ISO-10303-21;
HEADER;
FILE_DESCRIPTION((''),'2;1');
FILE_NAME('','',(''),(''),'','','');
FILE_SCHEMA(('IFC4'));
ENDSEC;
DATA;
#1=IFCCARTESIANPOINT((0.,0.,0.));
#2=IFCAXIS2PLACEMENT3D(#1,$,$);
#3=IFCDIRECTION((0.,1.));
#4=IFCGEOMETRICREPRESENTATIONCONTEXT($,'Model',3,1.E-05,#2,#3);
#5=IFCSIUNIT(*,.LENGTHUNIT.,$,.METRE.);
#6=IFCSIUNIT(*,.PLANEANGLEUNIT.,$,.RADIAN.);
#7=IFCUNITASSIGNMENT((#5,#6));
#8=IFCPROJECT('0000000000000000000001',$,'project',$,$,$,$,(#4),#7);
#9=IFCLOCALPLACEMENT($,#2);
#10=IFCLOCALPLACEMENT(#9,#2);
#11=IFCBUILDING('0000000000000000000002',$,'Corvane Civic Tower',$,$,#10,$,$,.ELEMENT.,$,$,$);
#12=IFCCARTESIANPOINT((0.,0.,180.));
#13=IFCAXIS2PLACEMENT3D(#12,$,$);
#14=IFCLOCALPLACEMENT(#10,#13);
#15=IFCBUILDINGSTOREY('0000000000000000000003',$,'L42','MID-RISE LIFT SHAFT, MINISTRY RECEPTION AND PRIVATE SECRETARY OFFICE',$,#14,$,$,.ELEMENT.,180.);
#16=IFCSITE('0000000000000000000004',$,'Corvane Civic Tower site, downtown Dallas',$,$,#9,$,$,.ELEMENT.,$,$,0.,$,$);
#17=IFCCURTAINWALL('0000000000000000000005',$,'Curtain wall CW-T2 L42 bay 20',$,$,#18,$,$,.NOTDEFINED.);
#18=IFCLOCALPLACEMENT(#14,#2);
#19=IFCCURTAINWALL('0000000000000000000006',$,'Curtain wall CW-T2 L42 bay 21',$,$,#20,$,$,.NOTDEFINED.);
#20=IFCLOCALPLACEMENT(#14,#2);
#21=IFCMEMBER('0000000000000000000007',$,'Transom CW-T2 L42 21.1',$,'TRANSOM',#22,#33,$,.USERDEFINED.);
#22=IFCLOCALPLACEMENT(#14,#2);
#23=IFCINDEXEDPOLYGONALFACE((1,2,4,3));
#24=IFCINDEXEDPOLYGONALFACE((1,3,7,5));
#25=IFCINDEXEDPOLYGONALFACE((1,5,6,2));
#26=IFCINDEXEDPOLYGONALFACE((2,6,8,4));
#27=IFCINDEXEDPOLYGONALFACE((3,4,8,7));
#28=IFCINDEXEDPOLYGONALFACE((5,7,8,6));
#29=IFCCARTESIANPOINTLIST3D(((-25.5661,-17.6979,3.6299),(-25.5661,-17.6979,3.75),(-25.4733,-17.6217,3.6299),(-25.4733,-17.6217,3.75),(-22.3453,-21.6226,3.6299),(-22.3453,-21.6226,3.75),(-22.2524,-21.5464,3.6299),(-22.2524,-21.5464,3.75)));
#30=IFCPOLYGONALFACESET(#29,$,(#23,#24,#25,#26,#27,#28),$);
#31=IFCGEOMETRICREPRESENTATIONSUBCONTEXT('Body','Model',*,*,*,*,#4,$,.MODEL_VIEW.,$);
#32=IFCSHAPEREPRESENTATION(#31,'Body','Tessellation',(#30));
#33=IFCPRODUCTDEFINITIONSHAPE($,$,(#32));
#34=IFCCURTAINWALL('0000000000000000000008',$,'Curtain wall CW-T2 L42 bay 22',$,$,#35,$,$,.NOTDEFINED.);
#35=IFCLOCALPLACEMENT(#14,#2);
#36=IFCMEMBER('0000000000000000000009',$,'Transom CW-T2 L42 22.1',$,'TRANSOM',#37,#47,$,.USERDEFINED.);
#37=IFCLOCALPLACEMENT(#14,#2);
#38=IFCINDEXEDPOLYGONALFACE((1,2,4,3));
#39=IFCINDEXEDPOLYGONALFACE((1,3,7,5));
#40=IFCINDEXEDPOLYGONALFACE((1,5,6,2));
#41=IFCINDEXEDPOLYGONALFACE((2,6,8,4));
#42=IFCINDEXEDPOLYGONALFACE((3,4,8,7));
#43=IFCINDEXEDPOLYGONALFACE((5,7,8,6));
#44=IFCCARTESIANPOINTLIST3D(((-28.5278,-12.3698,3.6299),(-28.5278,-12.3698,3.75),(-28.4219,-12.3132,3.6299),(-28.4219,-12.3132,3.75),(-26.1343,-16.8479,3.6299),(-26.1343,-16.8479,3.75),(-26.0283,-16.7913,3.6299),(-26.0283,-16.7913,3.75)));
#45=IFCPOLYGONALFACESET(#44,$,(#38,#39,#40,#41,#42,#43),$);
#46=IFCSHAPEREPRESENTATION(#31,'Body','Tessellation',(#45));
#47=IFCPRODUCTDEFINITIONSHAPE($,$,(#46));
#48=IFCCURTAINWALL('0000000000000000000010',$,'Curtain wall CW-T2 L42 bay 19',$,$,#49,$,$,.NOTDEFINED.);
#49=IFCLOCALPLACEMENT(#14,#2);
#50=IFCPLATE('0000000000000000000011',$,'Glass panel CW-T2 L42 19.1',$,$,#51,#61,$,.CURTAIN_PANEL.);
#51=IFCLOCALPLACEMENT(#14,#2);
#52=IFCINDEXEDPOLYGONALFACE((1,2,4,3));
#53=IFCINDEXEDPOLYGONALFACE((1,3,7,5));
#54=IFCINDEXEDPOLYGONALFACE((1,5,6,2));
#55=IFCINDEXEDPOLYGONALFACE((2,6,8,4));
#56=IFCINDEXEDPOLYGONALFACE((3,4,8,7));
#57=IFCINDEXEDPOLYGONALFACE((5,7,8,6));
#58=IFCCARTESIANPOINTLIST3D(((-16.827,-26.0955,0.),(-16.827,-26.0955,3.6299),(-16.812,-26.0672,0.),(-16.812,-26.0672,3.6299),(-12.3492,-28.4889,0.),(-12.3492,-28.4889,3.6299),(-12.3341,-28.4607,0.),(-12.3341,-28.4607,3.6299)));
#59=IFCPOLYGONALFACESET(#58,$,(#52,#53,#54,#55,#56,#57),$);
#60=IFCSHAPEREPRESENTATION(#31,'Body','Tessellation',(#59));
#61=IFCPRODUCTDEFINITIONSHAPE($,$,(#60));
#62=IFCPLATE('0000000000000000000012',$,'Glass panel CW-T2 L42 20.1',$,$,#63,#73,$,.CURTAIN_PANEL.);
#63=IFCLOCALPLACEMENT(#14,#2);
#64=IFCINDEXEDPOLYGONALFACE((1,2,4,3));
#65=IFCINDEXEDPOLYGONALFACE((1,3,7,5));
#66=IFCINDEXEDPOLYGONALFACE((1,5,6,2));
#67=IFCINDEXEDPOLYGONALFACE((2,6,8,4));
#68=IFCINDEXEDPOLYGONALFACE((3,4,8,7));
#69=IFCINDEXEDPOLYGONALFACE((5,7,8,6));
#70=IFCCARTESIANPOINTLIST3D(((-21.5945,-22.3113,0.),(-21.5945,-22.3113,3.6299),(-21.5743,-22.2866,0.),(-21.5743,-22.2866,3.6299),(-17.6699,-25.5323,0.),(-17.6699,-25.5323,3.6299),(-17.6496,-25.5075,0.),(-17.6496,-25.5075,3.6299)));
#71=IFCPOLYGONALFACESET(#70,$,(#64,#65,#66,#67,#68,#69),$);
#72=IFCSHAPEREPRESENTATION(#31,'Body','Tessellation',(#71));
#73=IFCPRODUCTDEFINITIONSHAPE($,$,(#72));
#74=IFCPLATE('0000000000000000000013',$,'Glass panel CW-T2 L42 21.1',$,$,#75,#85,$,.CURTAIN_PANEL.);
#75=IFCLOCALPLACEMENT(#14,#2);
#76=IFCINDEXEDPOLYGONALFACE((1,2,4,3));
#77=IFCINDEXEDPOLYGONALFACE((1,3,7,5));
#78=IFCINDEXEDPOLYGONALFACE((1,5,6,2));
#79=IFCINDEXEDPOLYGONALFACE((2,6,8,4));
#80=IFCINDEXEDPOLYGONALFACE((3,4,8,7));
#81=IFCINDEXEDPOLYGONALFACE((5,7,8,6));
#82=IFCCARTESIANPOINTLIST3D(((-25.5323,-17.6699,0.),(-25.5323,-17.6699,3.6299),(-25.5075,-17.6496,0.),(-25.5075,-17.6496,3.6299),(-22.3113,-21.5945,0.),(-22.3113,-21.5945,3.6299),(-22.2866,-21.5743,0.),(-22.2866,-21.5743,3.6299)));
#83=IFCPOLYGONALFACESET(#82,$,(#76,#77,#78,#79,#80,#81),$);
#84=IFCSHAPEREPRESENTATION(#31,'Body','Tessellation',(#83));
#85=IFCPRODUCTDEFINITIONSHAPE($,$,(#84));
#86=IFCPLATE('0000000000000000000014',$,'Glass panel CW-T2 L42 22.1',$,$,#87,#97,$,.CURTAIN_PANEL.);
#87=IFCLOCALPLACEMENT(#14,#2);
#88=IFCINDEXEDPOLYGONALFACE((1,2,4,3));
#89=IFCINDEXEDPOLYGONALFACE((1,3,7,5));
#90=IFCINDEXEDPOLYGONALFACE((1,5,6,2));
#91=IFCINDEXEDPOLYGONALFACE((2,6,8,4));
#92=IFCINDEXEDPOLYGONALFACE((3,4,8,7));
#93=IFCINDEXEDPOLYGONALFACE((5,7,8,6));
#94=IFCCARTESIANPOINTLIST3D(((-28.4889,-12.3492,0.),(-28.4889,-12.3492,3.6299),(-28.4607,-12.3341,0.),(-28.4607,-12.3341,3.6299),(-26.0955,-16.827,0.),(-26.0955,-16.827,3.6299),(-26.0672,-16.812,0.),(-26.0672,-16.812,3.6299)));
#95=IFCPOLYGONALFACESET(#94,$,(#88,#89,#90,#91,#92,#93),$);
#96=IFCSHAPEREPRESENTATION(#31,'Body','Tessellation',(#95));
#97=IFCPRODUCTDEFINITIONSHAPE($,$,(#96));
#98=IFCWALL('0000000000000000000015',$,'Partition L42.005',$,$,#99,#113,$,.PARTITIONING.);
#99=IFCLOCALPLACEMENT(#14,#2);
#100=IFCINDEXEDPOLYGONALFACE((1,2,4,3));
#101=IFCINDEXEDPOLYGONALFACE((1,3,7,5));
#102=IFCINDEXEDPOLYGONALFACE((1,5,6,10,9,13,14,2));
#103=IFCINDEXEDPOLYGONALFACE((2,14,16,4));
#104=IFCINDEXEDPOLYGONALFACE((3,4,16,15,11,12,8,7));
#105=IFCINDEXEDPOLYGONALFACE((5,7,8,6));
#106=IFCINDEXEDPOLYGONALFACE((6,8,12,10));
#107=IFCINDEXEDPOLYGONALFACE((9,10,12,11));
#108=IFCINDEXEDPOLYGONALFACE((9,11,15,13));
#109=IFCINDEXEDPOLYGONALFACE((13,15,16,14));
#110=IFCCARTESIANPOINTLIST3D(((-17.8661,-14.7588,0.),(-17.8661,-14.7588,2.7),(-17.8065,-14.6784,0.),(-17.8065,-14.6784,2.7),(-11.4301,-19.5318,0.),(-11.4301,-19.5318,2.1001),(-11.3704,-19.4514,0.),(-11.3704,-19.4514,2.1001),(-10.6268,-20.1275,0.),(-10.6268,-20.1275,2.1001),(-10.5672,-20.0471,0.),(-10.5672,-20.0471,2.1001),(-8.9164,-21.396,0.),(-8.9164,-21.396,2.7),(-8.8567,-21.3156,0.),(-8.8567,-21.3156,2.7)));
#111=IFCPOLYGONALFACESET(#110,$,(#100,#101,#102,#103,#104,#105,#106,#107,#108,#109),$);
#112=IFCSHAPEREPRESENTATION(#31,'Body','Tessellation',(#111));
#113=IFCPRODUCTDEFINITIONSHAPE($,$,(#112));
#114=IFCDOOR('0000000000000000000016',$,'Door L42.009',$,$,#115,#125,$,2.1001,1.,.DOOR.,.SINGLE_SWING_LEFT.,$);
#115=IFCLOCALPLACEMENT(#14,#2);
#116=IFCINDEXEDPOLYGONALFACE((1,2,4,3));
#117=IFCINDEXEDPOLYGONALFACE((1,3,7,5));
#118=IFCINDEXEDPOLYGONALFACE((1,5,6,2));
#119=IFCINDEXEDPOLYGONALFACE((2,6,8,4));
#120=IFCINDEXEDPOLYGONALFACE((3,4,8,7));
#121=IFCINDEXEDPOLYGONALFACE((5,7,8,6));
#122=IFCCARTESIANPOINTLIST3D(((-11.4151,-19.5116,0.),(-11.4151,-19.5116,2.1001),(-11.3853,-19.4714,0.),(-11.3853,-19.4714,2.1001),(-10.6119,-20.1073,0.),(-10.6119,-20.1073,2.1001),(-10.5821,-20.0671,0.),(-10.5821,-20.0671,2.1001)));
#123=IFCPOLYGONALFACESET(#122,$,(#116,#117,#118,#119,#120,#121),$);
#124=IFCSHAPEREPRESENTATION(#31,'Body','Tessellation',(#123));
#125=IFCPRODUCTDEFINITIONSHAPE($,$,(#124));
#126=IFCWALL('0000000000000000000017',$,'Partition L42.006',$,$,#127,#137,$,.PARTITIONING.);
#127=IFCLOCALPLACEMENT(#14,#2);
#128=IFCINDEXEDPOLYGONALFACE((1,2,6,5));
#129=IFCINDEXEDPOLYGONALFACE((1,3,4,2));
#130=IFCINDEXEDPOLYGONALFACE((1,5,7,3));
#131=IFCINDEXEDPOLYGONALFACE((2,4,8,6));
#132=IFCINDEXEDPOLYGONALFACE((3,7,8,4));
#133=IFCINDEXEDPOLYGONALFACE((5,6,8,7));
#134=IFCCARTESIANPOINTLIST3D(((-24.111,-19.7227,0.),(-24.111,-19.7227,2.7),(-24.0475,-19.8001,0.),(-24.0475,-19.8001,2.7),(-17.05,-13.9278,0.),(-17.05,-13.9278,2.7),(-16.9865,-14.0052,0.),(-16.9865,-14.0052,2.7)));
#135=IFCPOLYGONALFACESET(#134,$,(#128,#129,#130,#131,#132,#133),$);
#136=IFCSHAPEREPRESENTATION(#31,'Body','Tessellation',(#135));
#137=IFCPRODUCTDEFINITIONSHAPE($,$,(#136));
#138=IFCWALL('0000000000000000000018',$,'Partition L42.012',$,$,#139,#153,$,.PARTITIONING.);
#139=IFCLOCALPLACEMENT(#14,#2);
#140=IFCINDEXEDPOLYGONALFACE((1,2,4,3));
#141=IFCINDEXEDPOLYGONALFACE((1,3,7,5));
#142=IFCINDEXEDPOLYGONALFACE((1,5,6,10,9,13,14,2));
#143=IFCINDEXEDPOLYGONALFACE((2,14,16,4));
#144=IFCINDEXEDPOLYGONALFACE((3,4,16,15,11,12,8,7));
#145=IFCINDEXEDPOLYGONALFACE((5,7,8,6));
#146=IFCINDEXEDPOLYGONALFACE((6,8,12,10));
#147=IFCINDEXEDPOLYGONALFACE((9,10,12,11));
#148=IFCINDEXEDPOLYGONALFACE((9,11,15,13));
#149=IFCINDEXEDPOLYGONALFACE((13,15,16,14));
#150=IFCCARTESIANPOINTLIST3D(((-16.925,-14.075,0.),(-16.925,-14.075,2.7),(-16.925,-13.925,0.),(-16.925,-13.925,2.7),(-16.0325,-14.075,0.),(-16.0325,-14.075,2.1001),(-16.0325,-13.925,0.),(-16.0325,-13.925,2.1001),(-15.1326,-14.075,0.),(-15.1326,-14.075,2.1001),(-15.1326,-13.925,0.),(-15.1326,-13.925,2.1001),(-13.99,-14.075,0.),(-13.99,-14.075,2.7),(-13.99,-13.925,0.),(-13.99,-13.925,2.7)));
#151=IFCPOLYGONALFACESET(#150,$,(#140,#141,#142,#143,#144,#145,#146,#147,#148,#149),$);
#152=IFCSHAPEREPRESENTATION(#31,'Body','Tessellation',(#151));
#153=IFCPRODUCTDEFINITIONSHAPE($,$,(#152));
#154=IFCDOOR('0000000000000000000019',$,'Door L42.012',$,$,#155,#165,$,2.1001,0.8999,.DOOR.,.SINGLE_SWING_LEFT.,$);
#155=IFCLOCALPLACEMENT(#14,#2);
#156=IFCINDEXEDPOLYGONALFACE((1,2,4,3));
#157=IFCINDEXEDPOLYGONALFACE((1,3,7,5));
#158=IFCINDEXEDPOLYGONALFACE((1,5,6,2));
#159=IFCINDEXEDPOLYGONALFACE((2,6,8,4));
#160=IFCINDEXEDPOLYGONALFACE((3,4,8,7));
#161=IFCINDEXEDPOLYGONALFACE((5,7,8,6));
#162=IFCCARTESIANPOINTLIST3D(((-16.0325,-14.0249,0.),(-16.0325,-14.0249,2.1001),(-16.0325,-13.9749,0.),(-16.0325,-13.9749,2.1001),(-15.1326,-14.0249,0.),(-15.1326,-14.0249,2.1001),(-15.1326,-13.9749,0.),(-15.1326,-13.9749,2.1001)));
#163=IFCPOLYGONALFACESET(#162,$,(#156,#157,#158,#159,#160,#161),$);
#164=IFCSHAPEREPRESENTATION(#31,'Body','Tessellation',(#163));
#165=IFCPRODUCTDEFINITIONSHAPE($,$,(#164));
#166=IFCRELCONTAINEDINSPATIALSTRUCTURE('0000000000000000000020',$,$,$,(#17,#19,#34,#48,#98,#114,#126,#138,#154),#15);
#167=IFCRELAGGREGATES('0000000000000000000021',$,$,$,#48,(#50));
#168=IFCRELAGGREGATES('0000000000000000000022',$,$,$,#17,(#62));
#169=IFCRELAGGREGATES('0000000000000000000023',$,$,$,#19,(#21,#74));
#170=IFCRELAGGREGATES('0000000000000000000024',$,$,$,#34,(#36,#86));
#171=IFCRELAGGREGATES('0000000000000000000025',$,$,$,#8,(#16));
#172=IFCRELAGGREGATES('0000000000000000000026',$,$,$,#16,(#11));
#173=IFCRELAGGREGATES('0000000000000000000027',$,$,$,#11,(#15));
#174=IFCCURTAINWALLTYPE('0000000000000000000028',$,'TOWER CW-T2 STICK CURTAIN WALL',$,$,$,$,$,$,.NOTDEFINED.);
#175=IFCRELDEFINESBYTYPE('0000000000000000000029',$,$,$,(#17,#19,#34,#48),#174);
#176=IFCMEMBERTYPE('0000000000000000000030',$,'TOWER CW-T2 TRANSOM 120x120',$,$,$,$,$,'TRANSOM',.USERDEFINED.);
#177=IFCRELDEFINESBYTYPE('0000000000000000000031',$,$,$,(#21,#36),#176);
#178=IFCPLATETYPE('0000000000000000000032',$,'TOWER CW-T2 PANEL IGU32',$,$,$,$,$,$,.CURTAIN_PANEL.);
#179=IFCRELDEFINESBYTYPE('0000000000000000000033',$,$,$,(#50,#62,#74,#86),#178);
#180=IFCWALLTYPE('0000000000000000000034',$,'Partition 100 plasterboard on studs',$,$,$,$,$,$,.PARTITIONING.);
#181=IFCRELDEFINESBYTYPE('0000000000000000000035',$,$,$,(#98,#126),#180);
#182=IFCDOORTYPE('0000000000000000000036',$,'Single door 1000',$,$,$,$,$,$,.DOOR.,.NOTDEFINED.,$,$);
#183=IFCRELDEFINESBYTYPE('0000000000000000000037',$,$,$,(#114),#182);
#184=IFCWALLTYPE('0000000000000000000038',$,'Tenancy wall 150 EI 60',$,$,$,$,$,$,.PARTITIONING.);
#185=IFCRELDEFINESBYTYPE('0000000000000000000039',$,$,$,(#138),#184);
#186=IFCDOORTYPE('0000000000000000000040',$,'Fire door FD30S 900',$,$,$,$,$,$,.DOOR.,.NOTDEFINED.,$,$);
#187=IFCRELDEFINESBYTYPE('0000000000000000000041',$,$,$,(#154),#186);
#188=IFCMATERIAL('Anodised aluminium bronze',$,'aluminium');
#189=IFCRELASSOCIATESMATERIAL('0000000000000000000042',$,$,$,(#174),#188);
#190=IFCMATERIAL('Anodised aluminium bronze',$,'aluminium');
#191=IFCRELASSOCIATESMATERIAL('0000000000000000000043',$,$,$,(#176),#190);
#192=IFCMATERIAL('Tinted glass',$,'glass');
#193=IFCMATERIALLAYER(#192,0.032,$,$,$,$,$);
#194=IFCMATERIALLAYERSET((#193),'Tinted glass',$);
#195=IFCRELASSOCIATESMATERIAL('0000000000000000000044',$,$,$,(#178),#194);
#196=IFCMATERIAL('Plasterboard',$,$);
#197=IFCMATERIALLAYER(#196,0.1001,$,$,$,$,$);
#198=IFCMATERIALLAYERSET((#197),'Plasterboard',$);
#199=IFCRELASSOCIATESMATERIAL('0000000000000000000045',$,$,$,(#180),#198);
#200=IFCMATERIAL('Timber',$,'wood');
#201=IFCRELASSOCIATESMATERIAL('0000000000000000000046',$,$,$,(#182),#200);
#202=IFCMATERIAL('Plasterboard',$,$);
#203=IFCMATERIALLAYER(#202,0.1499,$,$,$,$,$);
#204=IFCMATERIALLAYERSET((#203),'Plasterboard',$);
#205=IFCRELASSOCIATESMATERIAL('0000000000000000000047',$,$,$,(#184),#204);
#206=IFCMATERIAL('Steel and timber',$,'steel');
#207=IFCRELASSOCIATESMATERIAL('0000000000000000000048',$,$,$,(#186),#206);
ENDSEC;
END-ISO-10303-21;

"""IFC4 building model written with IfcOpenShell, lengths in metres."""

from ifc_helpers import new_model, si_unit, direction, frame, frame_2d, origin, origin_2d, place, context, subcontext, project, spatial, rectangle, extrude, material, layer, layer_set, material_profile, profile_set, type_object, element, fill, aggregate, save


model = new_model("IFC4")

# Units and contexts
model_context = context("Model", 3, precision=1e-05, world=origin(), true_north=direction((0.0, 1.0)))
body_context = subcontext(model_context, "Body", "Model", "MODEL_VIEW")
ifc_project = project(units=[si_unit("LENGTHUNIT", "METRE"), si_unit("PLANEANGLEUNIT", "RADIAN")], contexts=[model_context])

# Site, building, storey
site_placement = place(None, origin())
site = spatial("IfcSite", under=ifc_project, at=site_placement, Name="Corvane Civic Tower site, downtown Dallas", CompositionType="ELEMENT", RefElevation=0.0)
building_placement = place(site_placement, origin())
building = spatial("IfcBuilding", under=site, at=building_placement, Name="Corvane Civic Tower", CompositionType="ELEMENT")
storey_placement = place(building_placement, frame((0.0, 0.0, 180.0)))
storey = spatial("IfcBuildingStorey", under=building, at=storey_placement, Name="L42", Description="MID-RISE LIFT SHAFT, MINISTRY RECEPTION AND PRIVATE SECRETARY OFFICE", CompositionType="ELEMENT", Elevation=180.0)

# Curtain walls, members
ifc_material_1 = material(Name="Anodised aluminium bronze", Category="aluminium")
curtain_wall_type = type_object("IfcCurtainWallType", Name="TOWER CW-T2 STICK CURTAIN WALL", PredefinedType="NOTDEFINED", material=ifc_material_1)
curtain_wall_1_placement = place(storey_placement, origin())
curtain_wall_1 = element("IfcCurtainWall", 1, at=curtain_wall_1_placement, inside=storey, type_object=curtain_wall_type, Name="Curtain wall CW-T2 L42 bay 20", PredefinedType="NOTDEFINED")
ifc_material_2 = material(Name="Anodised aluminium bronze", Category="aluminium")
ifc_material_profile_1 = material_profile(ifc_material_2, rectangle(XDim=0.1201, YDim=0.1201, at=origin_2d()), Name="TOWER CW-T2 TRANSOM 120x120")
ifc_profile_set_1 = profile_set([ifc_material_profile_1], Name="Anodised aluminium bronze")
member_type = type_object("IfcMemberType", Name="TOWER CW-T2 TRANSOM 120x120", ElementType="TRANSOM", PredefinedType="USERDEFINED", material=ifc_profile_set_1)
curtain_wall_2_placement = place(storey_placement, origin())
curtain_wall_2 = element("IfcCurtainWall", 2, at=curtain_wall_2_placement, inside=storey, type_object=curtain_wall_type, Name="Curtain wall CW-T2 L42 bay 21", PredefinedType="NOTDEFINED")
member_1_placement = place(storey_placement, frame((-22.2988, -21.5845, 3.6899), z_axis=(-0.634387, 0.773016, 0.0), x_axis=(-0.773016, -0.634387, 0.0)))
member_1 = element("IfcMember", 3, at=member_1_placement, type_object=member_type, Name="Transom CW-T2 L42 21.1", ObjectType="TRANSOM", PredefinedType="USERDEFINED", context=body_context, shape_type="SweptSolid", body=[
    extrude(rectangle(XDim=0.1201, YDim=0.1201, at=origin_2d()), origin(), (0.0, 0.0, 1.0), 5.0771),
])
curtain_wall_3_placement = place(storey_placement, origin())
curtain_wall_3 = element("IfcCurtainWall", 4, at=curtain_wall_3_placement, inside=storey, type_object=curtain_wall_type, Name="Curtain wall CW-T2 L42 bay 22", PredefinedType="NOTDEFINED")
member_2_placement = place(storey_placement, frame((-26.0813, -16.8196, 3.6899), z_axis=(-0.471397, 0.881921, 0.0), x_axis=(-0.881921, -0.471397, 0.0)))
member_2 = element("IfcMember", 5, at=member_2_placement, type_object=member_type, Name="Transom CW-T2 L42 22.1", ObjectType="TRANSOM", PredefinedType="USERDEFINED", context=body_context, shape_type="SweptSolid", body=[
    extrude(rectangle(XDim=0.1201, YDim=0.1201, at=origin_2d()), origin(), (0.0, 0.0, 1.0), 5.0776),
])

# Curtain wall, plate
curtain_wall_4_placement = place(storey_placement, origin())
curtain_wall_4 = element("IfcCurtainWall", 6, at=curtain_wall_4_placement, inside=storey, type_object=curtain_wall_type, Name="Curtain wall CW-T2 L42 bay 19", PredefinedType="NOTDEFINED")
ifc_material_3 = material(Name="Tinted glass", Category="glass")
ifc_layer_1 = layer(ifc_material_3, 0.032)
ifc_layer_set_1 = layer_set([ifc_layer_1], Name="Tinted glass")
plate_type = type_object("IfcPlateType", Name="TOWER CW-T2 PANEL IGU32", PredefinedType="CURTAIN_PANEL", material=ifc_layer_set_1)
plate_1_placement = place(storey_placement, frame((-14.5806, -27.2781, 0.0), z_axis=(0.0, 0.0, 1.0), x_axis=(-0.881922, 0.471395, 0.0)))
plate_1 = element("IfcPlate", 7, at=plate_1_placement, type_object=plate_type, Name="Glass panel CW-T2 L42 19.1", PredefinedType="CURTAIN_PANEL", context=body_context, shape_type="SweptSolid", body=[
    extrude(rectangle(XDim=5.0774, YDim=0.032, at=origin_2d()), origin(), (0.0, 0.0, 1.0), 3.6299),
])
aggregate(curtain_wall_4, [plate_1])

# Plates
plate_2_placement = place(storey_placement, frame((-19.6221, -23.9094, 0.0), z_axis=(0.0, 0.0, 1.0), x_axis=(-0.773005, 0.6344, 0.0)))
plate_2 = element("IfcPlate", 8, at=plate_2_placement, type_object=plate_type, Name="Glass panel CW-T2 L42 20.1", PredefinedType="CURTAIN_PANEL", context=body_context, shape_type="SweptSolid", body=[
    extrude(rectangle(XDim=5.0771, YDim=0.032, at=origin_2d()), origin(), (0.0, 0.0, 1.0), 3.6299),
])
aggregate(curtain_wall_1, [plate_2])
plate_3_placement = place(storey_placement, frame((-23.9094, -19.6221, 0.0), z_axis=(0.0, 0.0, 1.0), x_axis=(-0.6344, 0.773005, 0.0)))
plate_3 = element("IfcPlate", 9, at=plate_3_placement, type_object=plate_type, Name="Glass panel CW-T2 L42 21.1", PredefinedType="CURTAIN_PANEL", context=body_context, shape_type="SweptSolid", body=[
    extrude(rectangle(XDim=5.0771, YDim=0.032, at=origin_2d()), origin(), (0.0, 0.0, 1.0), 3.6299),
])
aggregate(curtain_wall_2, [member_1, plate_3])
plate_4_placement = place(storey_placement, frame((-27.2781, -14.5806, 0.0), z_axis=(0.0, 0.0, 1.0), x_axis=(-0.471395, 0.881922, 0.0)))
plate_4 = element("IfcPlate", 10, at=plate_4_placement, type_object=plate_type, Name="Glass panel CW-T2 L42 22.1", PredefinedType="CURTAIN_PANEL", context=body_context, shape_type="SweptSolid", body=[
    extrude(rectangle(XDim=5.0774, YDim=0.032, at=origin_2d()), origin(), (0.0, 0.0, 1.0), 3.6299),
])
aggregate(curtain_wall_3, [member_2, plate_4])

# Wall, opening, door
ifc_material_4 = material(Name="Plasterboard")
ifc_layer_2 = layer(ifc_material_4, 0.1001)
ifc_layer_set_2 = layer_set([ifc_layer_2], Name="Plasterboard")
wall_type_1 = type_object("IfcWallType", Name="Partition 100 plasterboard on studs", PredefinedType="PARTITIONING", material=ifc_layer_set_2)
wall_1_placement = place(storey_placement, frame((-17.8364, -14.7185, 0.0), z_axis=(0.0, 0.0, 1.0), x_axis=(0.803222, -0.595679, 0.0)))
wall_1 = element("IfcWall", 11, at=wall_1_placement, inside=storey, type_object=wall_type_1, Name="Partition L42.005", PredefinedType="PARTITIONING", context=body_context, shape_type="SweptSolid", body=[
    extrude(rectangle(XDim=11.1423, YDim=0.1001, at=frame_2d((5.5713, 0.0))), origin(), (0.0, 0.0, 1.0), 2.7),
])
opening_1_placement = place(wall_1_placement, frame((8.0129, 0.0, 0.0)))
opening_1 = element("IfcOpeningElement", 12, at=opening_1_placement, cuts=wall_1, PredefinedType="OPENING", context=body_context, shape_type="SweptSolid", body=[
    extrude(rectangle(XDim=1.0, YDim=2.1001, at=frame_2d((0.5, 1.05))), frame((0.0, 0.0601, 0.0), z_axis=(0.0, -1.0, 0.0), x_axis=(1.0, 0.0, 0.0)), (0.0, 0.0, 1.0), 0.1201),
])
ifc_material_5 = material(Name="Timber", Category="wood")
door_type_1 = type_object("IfcDoorType", Name="Single door 1000", OperationType="NOTDEFINED", PredefinedType="DOOR", material=ifc_material_5)
door_1_placement = place(opening_1_placement, frame((1.0, 0.0, 0.0), z_axis=(0.0, 0.0, 1.0), x_axis=(-1.0, 0.0, 0.0)))
door_1 = element("IfcDoor", 13, at=door_1_placement, inside=storey, type_object=door_type_1, Name="Door L42.009", OperationType="SINGLE_SWING_LEFT", OverallHeight=2.1001, OverallWidth=1.0, PredefinedType="DOOR", context=body_context, shape_type="SweptSolid", body=[
    extrude(rectangle(XDim=1.0, YDim=2.1001, at=frame_2d((0.5, 1.05))), frame((0.0, 0.0249, 0.0), z_axis=(0.0, -1.0, 0.0), x_axis=(1.0, 0.0, 0.0)), (0.0, 0.0, 1.0), 0.05),
])
fill(opening_1, door_1)

# Wall
wall_2_placement = place(storey_placement, frame((-24.0793, -19.7615, 0.0), z_axis=(0.0, 0.0, 1.0), x_axis=(0.773006, 0.634399, 0.0)))
element("IfcWall", 14, at=wall_2_placement, inside=storey, type_object=wall_type_1, Name="Partition L42.006", PredefinedType="PARTITIONING", context=body_context, shape_type="SweptSolid", body=[
    extrude(rectangle(XDim=9.1345, YDim=0.1001, at=frame_2d((4.5674, 0.0))), origin(), (0.0, 0.0, 1.0), 2.7),
])

# Wall, opening, door
ifc_material_6 = material(Name="Plasterboard")
ifc_layer_3 = layer(ifc_material_6, 0.1499)
ifc_layer_set_3 = layer_set([ifc_layer_3], Name="Plasterboard")
wall_type_2 = type_object("IfcWallType", Name="Tenancy wall 150 EI 60", PredefinedType="PARTITIONING", material=ifc_layer_set_3)
wall_3_placement = place(storey_placement, frame((-16.925, -14.0, 0.0), z_axis=(0.0, 0.0, 1.0), x_axis=(1.0, 0.0, 0.0)))
wall_3 = element("IfcWall", 15, at=wall_3_placement, inside=storey, type_object=wall_type_2, Name="Partition L42.012", PredefinedType="PARTITIONING", context=body_context, shape_type="SweptSolid", body=[
    extrude(rectangle(XDim=2.9351, YDim=0.1499, at=frame_2d((1.4675, 0.0))), origin(), (0.0, 0.0, 1.0), 2.7),
])
opening_2_placement = place(wall_3_placement, frame((0.8926, 0.0, 0.0)))
opening_2 = element("IfcOpeningElement", 16, at=opening_2_placement, cuts=wall_3, PredefinedType="OPENING", context=body_context, shape_type="SweptSolid", body=[
    extrude(rectangle(XDim=0.8999, YDim=2.1001, at=frame_2d((0.45, 1.05))), frame((0.0, 0.085, 0.0), z_axis=(0.0, -1.0, 0.0), x_axis=(1.0, 0.0, 0.0)), (0.0, 0.0, 1.0), 0.1699),
])
ifc_material_7 = material(Name="Steel and timber", Category="steel")
door_type_2 = type_object("IfcDoorType", Name="Fire door FD30S 900", OperationType="NOTDEFINED", PredefinedType="DOOR", material=ifc_material_7)
door_2_placement = place(opening_2_placement, frame((0.8999, 0.0, 0.0), z_axis=(0.0, 0.0, 1.0), x_axis=(-1.0, 0.0, 0.0)))
door_2 = element("IfcDoor", 17, at=door_2_placement, inside=storey, type_object=door_type_2, Name="Door L42.012", OperationType="SINGLE_SWING_LEFT", OverallHeight=2.1001, OverallWidth=0.8999, PredefinedType="DOOR", context=body_context, shape_type="SweptSolid", body=[
    extrude(rectangle(XDim=0.8999, YDim=2.1001, at=frame_2d((0.45, 1.05))), frame((0.0, 0.0249, 0.0), z_axis=(0.0, -1.0, 0.0), x_axis=(1.0, 0.0, 0.0)), (0.0, 0.0, 1.0), 0.05),
])
fill(opening_2, door_2)

save(model, "model.ifc")
